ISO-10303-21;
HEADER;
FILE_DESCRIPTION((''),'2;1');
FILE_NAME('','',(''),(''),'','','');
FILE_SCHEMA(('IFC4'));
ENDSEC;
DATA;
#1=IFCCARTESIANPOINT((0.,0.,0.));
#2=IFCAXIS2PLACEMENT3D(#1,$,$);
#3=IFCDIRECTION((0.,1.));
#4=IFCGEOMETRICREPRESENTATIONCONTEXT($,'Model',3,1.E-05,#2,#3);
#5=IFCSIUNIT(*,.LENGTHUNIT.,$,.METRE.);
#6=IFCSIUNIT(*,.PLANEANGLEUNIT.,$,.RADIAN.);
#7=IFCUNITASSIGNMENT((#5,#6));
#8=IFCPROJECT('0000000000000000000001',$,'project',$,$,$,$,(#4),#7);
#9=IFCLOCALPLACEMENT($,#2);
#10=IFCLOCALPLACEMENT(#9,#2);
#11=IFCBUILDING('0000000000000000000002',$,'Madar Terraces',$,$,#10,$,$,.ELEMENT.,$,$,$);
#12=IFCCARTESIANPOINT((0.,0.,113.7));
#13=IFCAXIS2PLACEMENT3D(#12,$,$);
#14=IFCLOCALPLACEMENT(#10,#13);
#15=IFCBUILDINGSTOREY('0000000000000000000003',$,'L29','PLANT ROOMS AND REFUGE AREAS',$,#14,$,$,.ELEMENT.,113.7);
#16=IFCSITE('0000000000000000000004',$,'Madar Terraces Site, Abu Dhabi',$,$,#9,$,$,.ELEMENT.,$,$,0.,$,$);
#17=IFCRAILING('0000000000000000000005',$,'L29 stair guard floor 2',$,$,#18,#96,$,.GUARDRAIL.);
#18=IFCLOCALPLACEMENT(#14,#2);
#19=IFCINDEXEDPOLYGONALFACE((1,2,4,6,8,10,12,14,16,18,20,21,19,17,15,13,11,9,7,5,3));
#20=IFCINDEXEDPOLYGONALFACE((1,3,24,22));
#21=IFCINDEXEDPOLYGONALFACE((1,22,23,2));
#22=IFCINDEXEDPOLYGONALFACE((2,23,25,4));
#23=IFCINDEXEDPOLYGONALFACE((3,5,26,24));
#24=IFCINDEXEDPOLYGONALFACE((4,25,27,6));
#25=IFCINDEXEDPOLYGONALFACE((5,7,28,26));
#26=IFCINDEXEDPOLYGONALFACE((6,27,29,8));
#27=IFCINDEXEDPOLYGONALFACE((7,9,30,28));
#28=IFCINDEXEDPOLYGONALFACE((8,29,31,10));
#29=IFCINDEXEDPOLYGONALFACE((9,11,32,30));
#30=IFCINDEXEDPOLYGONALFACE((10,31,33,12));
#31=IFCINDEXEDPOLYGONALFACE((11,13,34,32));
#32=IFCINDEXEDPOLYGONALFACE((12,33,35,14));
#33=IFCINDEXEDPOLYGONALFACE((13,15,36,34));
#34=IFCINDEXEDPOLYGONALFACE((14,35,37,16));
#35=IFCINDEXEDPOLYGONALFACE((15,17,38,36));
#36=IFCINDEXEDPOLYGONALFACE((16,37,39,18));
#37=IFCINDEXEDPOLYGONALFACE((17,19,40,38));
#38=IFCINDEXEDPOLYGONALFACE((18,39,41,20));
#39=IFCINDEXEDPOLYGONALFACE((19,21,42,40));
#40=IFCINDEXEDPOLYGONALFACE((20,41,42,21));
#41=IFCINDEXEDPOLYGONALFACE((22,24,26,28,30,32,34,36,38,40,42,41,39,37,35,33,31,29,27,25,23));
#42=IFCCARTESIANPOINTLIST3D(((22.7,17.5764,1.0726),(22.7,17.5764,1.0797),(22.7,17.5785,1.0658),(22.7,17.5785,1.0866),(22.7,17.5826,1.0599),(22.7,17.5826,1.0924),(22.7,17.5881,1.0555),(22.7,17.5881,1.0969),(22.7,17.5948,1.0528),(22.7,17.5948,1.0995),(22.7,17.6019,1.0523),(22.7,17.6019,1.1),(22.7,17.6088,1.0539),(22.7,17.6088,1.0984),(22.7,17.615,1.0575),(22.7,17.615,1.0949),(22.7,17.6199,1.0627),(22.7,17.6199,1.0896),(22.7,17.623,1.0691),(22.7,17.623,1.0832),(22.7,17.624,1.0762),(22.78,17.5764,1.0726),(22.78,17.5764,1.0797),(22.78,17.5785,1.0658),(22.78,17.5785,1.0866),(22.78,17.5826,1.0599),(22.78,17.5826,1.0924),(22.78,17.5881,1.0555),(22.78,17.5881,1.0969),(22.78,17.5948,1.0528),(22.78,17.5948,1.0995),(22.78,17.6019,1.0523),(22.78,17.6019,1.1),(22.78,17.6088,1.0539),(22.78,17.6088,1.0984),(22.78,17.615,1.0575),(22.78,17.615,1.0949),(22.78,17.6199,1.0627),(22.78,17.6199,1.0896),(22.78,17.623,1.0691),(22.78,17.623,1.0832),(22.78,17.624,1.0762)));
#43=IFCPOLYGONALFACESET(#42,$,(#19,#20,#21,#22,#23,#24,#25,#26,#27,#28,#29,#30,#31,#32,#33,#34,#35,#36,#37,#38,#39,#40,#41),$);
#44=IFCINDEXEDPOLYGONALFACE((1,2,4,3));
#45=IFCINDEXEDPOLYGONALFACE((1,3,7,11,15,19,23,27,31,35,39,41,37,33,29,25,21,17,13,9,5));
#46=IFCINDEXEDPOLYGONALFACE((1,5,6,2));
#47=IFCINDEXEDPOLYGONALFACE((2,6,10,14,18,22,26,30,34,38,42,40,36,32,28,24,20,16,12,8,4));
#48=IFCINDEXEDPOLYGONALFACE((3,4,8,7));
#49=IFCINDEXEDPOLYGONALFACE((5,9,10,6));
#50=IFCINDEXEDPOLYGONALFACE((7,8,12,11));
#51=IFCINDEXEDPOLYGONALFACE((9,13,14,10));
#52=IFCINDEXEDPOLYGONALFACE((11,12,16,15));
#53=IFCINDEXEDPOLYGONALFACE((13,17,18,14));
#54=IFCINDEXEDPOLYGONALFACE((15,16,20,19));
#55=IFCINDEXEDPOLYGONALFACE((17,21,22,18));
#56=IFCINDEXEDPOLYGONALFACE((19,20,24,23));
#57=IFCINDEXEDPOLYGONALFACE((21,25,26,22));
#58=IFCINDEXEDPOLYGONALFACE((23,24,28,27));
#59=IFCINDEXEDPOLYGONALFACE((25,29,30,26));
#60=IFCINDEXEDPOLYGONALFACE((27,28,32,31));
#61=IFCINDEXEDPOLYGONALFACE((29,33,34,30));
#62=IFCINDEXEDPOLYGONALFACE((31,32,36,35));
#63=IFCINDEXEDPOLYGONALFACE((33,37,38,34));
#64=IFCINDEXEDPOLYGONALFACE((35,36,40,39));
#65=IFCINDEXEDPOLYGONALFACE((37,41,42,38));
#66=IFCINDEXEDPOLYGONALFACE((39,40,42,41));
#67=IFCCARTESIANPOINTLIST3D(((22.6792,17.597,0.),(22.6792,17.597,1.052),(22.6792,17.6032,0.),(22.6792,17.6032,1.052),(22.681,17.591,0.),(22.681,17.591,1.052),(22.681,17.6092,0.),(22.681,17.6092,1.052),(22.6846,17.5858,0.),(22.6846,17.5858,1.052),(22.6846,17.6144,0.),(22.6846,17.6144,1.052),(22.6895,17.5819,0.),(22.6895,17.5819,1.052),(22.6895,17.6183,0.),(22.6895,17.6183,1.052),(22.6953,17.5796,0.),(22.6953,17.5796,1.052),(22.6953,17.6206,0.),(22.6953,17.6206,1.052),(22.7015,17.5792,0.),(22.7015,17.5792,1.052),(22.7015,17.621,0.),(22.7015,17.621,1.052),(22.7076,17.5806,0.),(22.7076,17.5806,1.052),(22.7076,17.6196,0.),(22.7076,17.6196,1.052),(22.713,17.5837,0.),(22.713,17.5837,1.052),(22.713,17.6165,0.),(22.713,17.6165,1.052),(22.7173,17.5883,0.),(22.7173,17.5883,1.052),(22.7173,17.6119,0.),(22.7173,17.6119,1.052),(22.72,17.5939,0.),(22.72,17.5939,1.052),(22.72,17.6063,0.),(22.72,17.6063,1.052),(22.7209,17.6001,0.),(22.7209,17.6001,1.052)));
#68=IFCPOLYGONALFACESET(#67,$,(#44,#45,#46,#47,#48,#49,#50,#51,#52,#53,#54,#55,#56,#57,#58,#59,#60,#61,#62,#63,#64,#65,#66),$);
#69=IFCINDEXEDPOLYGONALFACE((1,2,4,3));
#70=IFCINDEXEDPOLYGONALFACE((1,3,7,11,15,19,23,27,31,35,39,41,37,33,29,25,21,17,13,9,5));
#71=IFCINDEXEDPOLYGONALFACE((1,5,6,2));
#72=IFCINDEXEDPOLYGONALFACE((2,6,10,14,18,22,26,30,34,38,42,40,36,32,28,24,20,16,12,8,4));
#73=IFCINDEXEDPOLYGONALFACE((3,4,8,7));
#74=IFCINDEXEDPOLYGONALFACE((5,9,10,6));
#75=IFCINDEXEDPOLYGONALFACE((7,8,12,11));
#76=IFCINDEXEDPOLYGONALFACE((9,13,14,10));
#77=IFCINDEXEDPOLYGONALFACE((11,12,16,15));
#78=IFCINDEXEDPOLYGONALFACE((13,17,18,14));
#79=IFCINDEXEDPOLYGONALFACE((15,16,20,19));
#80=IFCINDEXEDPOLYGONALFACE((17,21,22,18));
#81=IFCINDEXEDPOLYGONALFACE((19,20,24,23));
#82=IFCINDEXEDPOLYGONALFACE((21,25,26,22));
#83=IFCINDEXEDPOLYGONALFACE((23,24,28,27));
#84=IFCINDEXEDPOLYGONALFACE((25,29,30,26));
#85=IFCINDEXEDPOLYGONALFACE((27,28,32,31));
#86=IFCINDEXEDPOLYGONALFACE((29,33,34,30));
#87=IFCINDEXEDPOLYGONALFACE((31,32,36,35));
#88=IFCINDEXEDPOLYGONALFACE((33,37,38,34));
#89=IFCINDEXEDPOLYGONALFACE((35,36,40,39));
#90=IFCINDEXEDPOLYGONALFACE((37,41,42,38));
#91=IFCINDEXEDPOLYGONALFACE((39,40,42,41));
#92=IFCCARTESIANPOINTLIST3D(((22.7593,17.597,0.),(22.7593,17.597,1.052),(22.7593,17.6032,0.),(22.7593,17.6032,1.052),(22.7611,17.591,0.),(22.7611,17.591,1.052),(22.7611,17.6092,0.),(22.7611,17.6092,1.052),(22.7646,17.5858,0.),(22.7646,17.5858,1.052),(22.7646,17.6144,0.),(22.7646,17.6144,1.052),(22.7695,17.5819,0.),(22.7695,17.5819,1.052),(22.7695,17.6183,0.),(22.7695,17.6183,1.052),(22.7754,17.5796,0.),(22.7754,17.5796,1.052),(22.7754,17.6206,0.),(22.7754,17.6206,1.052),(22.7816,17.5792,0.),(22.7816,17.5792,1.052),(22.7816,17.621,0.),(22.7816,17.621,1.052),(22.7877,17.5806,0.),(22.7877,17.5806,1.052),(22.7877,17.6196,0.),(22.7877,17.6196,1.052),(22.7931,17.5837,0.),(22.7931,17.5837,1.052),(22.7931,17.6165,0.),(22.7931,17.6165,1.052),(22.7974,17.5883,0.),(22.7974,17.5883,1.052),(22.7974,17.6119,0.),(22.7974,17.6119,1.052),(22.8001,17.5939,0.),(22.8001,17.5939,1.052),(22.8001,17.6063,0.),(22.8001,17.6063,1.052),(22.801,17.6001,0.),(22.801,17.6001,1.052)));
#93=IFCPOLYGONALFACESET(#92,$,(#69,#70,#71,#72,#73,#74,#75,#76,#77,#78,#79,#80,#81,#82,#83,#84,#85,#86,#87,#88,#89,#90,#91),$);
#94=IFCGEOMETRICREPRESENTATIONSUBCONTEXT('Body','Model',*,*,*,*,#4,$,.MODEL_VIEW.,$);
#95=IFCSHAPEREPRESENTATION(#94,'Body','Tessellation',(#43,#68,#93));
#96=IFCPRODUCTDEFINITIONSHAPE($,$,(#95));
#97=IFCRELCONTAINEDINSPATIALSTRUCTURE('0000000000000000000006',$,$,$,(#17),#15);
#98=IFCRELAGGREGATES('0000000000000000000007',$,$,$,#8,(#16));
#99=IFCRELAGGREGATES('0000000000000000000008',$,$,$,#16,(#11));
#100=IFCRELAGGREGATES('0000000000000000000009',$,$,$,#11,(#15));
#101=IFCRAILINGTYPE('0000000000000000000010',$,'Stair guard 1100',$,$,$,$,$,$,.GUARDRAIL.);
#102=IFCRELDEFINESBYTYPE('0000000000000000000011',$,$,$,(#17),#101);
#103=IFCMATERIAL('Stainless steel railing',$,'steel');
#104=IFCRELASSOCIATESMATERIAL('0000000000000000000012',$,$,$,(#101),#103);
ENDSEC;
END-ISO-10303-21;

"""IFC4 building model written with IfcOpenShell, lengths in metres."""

from ifc_helpers import new_model, si_unit, direction, frame, origin, origin_2d, place, context, subcontext, project, spatial, circle, extrude, material, type_object, element, save


model = new_model("IFC4")

# Units and contexts
model_context = context("Model", 3, precision=1e-05, world=origin(), true_north=direction((0.0, 1.0)))
body_context = subcontext(model_context, "Body", "Model", "MODEL_VIEW")
ifc_project = project(units=[si_unit("LENGTHUNIT", "METRE"), si_unit("PLANEANGLEUNIT", "RADIAN")], contexts=[model_context])

# Site, building, storey
site_placement = place(None, origin())
site = spatial("IfcSite", under=ifc_project, at=site_placement, Name="Madar Terraces Site, Abu Dhabi", CompositionType="ELEMENT", RefElevation=0.0)
building_placement = place(site_placement, origin())
building = spatial("IfcBuilding", under=site, at=building_placement, Name="Madar Terraces", CompositionType="ELEMENT")
storey_placement = place(building_placement, frame((0.0, 0.0, 113.7)))
storey = spatial("IfcBuildingStorey", under=building, at=storey_placement, Name="L29", Description="PLANT ROOMS AND REFUGE AREAS", CompositionType="ELEMENT", Elevation=113.7)

# Railing
ifc_material_1 = material(Name="Stainless steel railing", Category="steel")
railing_type_1 = type_object("IfcRailingType", Name="Stair guard 1100", PredefinedType="GUARDRAIL", material=ifc_material_1)
railing_1_placement = place(storey_placement, frame((22.7, 17.6001, 0.0)))
element("IfcRailing", 1, at=railing_1_placement, inside=storey, type_object=railing_type_1, Name="L29 stair guard floor 2", PredefinedType="GUARDRAIL", context=body_context, shape_type="SweptSolid", body=[
    extrude(circle(Radius=0.0239, at=origin_2d()), frame((0.0, 0.0, 1.0762), z_axis=(1.0, 0.0, 0.0), x_axis=(0.0, 1.0, 0.0)), (0.0, 0.0, 1.0), 0.0801),
    extrude(circle(Radius=0.021, at=origin_2d()), origin(), (0.0, 0.0, 1.0), 1.052),
    extrude(circle(Radius=0.021, at=origin_2d()), frame((0.0801, 0.0, 0.0)), (0.0, 0.0, 1.0), 1.052),
])

save(model, "model.ifc")
